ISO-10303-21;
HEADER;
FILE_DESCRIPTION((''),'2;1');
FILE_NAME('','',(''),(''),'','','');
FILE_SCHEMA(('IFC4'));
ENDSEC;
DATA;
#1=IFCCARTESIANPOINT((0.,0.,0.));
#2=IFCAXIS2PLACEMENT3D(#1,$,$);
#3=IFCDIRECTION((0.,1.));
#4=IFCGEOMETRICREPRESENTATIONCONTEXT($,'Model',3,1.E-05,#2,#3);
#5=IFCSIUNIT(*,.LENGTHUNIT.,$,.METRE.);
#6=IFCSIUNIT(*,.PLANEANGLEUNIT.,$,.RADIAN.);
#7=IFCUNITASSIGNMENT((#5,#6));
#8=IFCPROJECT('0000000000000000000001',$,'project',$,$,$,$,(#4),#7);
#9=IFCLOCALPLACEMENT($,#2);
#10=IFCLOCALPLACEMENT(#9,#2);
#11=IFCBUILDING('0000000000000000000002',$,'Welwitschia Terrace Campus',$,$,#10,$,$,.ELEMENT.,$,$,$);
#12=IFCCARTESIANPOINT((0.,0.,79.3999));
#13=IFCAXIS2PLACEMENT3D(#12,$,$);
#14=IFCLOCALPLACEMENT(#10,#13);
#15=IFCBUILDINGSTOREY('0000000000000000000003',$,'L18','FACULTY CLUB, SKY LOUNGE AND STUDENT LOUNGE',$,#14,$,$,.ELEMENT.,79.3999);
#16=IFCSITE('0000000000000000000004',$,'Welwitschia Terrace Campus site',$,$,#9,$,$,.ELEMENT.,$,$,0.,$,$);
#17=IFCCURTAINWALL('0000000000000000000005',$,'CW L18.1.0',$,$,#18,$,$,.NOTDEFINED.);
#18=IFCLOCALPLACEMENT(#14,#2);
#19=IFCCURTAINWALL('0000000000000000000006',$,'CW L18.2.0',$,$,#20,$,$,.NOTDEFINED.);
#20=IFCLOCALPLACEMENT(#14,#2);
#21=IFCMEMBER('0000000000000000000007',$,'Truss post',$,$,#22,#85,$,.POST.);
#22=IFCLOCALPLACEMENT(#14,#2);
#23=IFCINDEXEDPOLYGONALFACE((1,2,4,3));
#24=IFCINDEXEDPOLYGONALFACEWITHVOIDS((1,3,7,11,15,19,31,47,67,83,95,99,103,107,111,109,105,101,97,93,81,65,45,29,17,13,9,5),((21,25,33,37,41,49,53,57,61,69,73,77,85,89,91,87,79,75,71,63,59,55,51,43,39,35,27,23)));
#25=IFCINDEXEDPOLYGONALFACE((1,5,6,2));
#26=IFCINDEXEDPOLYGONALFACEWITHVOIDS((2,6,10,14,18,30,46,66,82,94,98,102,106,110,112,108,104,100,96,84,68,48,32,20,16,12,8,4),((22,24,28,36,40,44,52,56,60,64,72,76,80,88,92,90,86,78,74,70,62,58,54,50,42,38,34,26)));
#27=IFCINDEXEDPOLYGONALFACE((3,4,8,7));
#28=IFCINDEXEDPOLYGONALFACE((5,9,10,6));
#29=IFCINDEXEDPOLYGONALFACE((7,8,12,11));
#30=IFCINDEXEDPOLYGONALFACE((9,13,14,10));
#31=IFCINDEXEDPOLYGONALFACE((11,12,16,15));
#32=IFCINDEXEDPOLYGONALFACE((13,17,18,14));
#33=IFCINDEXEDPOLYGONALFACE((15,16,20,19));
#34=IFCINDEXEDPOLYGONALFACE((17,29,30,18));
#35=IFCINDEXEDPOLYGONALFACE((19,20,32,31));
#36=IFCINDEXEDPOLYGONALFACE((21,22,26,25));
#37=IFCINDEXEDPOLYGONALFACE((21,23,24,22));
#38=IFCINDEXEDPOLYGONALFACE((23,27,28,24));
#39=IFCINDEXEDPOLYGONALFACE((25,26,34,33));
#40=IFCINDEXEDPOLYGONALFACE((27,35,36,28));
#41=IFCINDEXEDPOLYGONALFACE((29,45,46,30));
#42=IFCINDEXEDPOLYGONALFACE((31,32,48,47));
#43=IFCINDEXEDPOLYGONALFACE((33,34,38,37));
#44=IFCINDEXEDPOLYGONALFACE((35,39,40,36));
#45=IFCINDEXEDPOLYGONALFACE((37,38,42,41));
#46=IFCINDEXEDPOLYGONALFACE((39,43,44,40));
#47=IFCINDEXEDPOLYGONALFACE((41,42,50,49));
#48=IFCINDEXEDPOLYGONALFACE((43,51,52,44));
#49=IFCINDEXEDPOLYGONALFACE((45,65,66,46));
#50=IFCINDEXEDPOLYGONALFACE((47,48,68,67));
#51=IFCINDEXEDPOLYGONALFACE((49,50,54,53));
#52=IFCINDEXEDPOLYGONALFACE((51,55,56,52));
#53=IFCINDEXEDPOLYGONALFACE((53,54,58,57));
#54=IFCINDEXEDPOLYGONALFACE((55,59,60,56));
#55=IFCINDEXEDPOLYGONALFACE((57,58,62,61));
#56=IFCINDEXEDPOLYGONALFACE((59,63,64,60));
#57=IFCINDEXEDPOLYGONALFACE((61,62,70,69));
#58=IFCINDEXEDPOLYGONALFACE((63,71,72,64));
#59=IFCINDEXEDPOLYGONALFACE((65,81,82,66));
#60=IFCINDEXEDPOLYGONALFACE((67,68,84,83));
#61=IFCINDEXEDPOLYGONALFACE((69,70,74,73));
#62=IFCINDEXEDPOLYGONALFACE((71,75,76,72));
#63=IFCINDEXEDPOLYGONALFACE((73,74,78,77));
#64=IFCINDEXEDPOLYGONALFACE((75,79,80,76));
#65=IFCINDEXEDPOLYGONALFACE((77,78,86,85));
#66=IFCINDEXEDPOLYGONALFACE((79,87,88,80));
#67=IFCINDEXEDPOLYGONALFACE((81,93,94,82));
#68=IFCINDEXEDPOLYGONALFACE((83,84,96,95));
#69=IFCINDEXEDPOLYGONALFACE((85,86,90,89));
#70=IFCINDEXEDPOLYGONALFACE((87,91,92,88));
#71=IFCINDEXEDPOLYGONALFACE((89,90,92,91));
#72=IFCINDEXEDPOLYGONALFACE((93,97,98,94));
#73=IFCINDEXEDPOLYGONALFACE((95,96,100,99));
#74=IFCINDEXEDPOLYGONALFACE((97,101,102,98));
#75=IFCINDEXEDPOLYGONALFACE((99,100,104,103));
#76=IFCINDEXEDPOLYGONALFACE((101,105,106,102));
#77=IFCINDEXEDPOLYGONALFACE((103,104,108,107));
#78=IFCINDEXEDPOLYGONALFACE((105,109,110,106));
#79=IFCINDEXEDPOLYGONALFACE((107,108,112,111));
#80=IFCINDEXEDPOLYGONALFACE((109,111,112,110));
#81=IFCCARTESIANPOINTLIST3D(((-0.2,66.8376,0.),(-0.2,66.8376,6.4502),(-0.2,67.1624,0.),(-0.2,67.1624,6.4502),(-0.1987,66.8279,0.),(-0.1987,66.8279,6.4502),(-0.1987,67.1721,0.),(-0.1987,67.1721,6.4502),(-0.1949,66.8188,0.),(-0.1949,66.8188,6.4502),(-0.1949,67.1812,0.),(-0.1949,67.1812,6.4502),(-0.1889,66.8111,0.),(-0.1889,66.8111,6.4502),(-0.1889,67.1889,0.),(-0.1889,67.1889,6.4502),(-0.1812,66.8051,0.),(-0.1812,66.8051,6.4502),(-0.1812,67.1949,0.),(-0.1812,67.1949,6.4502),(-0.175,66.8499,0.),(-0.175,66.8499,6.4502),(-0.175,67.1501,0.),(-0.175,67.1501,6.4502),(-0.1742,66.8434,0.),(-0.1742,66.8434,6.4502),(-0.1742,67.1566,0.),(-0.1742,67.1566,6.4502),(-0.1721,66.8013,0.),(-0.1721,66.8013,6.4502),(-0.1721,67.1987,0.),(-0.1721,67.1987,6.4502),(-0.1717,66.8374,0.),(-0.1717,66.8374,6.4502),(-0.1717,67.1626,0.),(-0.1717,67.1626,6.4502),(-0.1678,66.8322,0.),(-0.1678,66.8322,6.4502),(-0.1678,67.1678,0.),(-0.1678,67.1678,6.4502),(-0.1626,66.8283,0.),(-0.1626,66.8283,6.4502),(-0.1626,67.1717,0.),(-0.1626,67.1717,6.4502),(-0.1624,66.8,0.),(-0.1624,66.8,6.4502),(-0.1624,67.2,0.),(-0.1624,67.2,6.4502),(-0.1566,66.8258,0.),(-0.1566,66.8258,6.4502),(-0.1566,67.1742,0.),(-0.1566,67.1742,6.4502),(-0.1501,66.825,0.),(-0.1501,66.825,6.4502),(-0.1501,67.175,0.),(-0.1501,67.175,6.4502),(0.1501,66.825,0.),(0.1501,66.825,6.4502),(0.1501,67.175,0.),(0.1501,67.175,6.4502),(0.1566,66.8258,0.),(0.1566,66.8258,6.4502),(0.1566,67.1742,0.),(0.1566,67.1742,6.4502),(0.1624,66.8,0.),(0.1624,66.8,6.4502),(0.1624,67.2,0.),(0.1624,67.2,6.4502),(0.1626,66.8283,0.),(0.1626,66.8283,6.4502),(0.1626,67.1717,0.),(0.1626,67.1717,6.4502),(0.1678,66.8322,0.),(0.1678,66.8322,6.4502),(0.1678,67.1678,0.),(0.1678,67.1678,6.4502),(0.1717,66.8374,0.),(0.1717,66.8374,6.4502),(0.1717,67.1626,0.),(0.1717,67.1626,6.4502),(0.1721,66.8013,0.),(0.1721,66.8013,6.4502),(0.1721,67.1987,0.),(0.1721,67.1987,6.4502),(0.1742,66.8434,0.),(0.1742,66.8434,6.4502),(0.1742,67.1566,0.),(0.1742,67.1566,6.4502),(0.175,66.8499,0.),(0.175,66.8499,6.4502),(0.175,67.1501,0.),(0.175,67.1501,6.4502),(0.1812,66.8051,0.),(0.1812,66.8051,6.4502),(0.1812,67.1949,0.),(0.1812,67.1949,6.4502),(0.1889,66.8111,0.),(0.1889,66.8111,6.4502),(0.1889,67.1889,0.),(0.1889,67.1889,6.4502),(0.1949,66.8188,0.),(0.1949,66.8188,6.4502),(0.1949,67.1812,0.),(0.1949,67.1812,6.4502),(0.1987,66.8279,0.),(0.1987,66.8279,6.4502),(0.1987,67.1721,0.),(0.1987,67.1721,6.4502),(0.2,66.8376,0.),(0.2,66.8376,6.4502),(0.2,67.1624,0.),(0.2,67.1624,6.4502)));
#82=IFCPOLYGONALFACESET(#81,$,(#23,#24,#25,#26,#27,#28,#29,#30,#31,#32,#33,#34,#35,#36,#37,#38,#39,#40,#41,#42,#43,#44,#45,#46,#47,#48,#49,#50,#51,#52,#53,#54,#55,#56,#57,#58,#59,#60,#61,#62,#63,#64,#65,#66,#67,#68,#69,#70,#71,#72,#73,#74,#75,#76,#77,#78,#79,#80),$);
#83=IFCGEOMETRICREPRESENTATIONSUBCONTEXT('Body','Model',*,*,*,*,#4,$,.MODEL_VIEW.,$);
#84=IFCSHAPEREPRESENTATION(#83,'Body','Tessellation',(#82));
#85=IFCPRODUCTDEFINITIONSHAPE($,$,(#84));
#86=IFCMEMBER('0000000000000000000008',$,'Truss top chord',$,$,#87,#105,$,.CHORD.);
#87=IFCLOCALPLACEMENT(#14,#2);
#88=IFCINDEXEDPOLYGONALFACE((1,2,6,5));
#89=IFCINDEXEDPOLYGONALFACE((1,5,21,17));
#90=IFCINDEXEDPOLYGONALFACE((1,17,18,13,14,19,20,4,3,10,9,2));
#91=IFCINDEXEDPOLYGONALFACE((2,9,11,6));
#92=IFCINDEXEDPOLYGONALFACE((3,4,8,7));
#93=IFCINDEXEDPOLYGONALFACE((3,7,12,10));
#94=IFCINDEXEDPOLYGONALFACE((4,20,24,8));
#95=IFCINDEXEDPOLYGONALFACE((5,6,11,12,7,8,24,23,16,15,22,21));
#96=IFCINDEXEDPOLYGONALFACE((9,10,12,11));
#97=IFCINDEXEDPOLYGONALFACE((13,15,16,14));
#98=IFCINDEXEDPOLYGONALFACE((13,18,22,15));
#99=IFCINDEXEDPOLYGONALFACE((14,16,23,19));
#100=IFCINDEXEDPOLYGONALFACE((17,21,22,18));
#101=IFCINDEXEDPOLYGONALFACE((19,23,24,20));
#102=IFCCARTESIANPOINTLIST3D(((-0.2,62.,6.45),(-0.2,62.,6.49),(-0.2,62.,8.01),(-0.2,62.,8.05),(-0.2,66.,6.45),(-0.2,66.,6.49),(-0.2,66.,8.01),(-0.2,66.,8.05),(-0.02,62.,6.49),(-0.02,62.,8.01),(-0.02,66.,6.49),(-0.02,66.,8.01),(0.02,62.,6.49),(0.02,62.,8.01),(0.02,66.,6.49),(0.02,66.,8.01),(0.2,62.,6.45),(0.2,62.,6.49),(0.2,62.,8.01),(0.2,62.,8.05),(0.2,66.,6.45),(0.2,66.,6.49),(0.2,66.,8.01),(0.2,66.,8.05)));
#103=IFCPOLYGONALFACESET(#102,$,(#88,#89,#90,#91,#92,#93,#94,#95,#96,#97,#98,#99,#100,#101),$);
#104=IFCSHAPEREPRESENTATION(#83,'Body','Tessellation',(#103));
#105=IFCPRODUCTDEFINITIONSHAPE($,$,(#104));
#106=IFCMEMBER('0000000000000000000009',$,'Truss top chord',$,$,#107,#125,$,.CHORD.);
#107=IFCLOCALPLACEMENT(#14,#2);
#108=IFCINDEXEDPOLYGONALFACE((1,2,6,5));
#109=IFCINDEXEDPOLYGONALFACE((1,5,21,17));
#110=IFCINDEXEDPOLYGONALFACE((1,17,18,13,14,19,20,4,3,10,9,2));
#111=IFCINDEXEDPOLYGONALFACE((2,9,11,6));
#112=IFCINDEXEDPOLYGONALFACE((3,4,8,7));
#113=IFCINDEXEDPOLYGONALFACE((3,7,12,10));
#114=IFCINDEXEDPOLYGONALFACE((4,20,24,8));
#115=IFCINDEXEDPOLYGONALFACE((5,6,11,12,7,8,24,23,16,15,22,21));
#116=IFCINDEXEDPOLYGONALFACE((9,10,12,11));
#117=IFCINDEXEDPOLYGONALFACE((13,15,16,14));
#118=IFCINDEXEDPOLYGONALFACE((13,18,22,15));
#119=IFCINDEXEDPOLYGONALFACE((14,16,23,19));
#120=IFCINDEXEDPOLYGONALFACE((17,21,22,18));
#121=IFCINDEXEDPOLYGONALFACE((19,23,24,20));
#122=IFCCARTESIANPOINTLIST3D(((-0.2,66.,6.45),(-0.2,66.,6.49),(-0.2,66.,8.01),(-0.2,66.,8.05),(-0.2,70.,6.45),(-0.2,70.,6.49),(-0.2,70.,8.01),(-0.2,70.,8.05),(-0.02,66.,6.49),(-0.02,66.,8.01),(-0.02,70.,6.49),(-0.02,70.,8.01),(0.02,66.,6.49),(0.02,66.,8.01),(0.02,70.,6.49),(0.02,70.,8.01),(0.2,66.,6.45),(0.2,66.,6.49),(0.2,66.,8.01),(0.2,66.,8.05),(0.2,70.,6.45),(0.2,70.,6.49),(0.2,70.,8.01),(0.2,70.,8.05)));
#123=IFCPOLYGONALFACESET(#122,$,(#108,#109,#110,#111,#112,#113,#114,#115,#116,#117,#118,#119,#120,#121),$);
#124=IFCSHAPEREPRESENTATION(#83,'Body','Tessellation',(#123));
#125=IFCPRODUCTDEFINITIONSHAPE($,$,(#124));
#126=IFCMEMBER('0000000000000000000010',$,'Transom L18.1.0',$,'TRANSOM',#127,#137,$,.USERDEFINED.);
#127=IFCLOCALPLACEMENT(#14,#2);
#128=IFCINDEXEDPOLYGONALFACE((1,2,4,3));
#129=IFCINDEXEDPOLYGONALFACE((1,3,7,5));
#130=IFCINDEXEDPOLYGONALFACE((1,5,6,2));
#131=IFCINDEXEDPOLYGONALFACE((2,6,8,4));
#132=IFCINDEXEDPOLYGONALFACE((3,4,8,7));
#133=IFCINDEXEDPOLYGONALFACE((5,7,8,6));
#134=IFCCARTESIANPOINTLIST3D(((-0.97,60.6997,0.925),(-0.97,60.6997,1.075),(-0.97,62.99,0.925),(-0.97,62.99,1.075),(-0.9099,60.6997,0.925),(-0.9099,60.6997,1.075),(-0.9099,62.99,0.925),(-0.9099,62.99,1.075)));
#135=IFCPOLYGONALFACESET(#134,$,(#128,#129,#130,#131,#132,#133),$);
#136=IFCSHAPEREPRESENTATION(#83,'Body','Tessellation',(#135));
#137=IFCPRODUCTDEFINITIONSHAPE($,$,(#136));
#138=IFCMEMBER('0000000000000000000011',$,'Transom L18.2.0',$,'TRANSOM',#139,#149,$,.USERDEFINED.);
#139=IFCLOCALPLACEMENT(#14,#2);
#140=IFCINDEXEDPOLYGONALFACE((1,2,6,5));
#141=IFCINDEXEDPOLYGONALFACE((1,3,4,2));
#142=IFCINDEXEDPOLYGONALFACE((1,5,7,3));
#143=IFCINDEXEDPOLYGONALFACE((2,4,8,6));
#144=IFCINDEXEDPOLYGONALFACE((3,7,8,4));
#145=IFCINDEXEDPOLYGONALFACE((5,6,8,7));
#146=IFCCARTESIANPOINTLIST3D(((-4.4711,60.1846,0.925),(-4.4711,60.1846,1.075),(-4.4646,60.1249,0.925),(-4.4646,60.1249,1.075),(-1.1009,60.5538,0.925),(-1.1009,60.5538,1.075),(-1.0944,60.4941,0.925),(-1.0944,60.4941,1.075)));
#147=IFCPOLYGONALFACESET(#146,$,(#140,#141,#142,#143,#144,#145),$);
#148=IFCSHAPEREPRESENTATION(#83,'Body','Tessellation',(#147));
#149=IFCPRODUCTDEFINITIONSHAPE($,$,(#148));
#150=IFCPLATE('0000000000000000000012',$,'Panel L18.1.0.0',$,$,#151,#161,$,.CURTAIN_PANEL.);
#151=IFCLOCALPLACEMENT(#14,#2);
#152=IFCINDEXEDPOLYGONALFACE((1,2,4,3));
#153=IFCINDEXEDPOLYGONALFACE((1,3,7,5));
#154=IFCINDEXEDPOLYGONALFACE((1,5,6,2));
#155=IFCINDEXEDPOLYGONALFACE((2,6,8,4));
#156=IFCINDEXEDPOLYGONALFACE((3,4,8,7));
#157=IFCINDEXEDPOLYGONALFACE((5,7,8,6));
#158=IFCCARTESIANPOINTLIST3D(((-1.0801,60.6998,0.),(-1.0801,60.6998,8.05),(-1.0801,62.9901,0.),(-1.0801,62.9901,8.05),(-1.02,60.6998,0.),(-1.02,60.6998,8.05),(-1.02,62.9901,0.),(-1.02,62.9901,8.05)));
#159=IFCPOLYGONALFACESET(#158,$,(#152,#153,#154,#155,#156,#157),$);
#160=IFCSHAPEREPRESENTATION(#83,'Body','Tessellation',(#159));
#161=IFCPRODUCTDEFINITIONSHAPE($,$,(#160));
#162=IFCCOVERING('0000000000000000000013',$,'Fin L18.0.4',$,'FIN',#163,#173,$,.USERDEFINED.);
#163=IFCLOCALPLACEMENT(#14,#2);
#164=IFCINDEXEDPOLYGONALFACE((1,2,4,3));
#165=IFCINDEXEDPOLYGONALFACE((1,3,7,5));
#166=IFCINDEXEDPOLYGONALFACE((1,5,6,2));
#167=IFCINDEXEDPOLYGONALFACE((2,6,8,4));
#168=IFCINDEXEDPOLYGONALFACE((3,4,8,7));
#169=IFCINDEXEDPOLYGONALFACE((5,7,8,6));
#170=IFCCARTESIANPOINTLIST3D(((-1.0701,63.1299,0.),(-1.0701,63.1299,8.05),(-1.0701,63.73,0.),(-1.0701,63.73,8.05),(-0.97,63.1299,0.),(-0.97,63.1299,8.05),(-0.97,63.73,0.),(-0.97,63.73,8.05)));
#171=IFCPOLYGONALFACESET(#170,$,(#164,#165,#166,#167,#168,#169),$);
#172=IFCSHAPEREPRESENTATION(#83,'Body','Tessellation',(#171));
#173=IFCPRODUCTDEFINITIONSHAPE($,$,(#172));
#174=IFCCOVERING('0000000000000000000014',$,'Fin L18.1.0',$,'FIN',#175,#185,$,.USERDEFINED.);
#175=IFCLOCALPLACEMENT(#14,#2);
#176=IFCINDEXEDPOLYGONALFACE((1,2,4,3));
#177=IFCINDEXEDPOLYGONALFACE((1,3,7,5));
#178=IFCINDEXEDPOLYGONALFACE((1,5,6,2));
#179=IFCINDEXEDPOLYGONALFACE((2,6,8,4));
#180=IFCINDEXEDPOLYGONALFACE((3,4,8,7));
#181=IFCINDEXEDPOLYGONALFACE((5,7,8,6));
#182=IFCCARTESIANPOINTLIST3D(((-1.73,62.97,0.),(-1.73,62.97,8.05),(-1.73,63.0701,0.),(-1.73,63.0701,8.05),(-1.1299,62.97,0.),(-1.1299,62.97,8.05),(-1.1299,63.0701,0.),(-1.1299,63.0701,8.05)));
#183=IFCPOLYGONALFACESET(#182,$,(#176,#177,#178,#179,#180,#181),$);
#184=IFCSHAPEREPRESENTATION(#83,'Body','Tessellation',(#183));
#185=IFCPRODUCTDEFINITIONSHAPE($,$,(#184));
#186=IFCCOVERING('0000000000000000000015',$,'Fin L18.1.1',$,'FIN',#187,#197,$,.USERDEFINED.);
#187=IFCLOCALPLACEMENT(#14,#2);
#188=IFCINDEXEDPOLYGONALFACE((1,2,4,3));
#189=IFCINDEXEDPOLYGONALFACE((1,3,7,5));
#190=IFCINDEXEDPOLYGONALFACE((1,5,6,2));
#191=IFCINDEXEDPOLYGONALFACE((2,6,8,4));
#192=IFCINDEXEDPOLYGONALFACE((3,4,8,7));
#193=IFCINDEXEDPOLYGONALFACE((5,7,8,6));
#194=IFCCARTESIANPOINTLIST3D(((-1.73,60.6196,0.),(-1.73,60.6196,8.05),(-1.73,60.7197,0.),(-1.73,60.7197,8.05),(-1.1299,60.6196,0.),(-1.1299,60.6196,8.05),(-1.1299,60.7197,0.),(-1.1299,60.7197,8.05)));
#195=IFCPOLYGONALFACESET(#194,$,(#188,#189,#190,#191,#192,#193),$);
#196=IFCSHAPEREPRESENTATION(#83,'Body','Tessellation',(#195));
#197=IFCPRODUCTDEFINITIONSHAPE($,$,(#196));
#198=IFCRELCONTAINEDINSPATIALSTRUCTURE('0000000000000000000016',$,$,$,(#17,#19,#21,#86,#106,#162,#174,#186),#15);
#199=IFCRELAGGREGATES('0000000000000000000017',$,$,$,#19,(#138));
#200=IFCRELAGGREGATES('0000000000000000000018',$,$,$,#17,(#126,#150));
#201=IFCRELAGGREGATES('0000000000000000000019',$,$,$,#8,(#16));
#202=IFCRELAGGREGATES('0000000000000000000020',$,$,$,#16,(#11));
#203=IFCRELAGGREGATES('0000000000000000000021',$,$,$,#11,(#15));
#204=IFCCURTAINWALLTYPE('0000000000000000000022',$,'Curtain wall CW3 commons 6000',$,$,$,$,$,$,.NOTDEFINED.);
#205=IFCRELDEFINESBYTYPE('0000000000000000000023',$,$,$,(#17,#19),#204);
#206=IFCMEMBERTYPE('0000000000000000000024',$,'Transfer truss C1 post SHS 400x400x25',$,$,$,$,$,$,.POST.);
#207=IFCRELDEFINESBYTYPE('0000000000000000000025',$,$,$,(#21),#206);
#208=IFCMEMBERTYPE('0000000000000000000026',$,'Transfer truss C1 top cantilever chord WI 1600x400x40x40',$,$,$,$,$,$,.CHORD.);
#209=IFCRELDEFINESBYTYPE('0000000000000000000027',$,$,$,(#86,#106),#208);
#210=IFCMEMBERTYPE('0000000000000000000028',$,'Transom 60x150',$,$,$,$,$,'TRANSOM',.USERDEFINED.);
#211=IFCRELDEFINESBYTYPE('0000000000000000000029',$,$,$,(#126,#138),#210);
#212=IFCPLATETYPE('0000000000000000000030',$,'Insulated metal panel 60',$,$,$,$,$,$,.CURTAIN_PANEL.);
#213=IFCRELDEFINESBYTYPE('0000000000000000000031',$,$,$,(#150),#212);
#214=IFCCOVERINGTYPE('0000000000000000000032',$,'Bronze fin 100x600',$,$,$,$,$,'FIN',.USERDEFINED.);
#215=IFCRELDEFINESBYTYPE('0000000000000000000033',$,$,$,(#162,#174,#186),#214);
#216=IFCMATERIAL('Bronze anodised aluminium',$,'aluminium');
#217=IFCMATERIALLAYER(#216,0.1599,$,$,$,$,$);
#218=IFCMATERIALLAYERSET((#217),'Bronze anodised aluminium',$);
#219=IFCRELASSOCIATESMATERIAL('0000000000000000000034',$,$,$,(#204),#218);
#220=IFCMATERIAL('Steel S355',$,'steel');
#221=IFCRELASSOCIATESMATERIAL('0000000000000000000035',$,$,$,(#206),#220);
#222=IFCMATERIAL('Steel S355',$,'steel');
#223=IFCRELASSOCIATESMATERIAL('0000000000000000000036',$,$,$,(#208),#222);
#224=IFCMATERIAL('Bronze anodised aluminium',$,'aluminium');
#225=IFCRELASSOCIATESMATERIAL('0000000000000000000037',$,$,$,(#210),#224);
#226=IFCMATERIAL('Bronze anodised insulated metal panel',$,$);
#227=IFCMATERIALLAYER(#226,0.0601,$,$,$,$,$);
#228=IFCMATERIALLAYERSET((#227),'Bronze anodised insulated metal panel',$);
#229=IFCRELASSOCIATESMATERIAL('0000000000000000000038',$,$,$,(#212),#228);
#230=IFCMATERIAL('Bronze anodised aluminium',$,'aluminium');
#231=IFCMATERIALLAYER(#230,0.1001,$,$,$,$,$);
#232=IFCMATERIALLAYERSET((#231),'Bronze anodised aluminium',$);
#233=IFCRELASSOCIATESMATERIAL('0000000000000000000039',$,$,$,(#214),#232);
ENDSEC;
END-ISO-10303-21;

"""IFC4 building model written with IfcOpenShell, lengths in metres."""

from ifc_helpers import new_model, si_unit, direction, frame, origin, origin_2d, place, context, subcontext, project, spatial, rectangle, hollow_rectangle, i_section, extrude, material, layer, layer_set, material_profile, profile_set, type_object, element, aggregate, save


model = new_model("IFC4")

# Units and contexts
model_context = context("Model", 3, precision=1e-05, world=origin(), true_north=direction((0.0, 1.0)))
body_context = subcontext(model_context, "Body", "Model", "MODEL_VIEW")
ifc_project = project(units=[si_unit("LENGTHUNIT", "METRE"), si_unit("PLANEANGLEUNIT", "RADIAN")], contexts=[model_context])

# Site, building, storey
site_placement = place(None, origin())
site = spatial("IfcSite", under=ifc_project, at=site_placement, Name="Welwitschia Terrace Campus site", CompositionType="ELEMENT", RefElevation=0.0)
building_placement = place(site_placement, origin())
building = spatial("IfcBuilding", under=site, at=building_placement, Name="Welwitschia Terrace Campus", CompositionType="ELEMENT")
storey_placement = place(building_placement, frame((0.0, 0.0, 79.3999)))
storey = spatial("IfcBuildingStorey", under=building, at=storey_placement, Name="L18", Description="FACULTY CLUB, SKY LOUNGE AND STUDENT LOUNGE", CompositionType="ELEMENT", Elevation=79.3999)

# Shared definitions
ifc_material_1 = material(Name="Bronze anodised aluminium", Category="aluminium")
ifc_layer_1 = layer(ifc_material_1, 0.1599)
ifc_layer_set_1 = layer_set([ifc_layer_1], Name="Bronze anodised aluminium")
curtain_wall_type = type_object("IfcCurtainWallType", Name="Curtain wall CW3 commons 6000", PredefinedType="NOTDEFINED", material=ifc_layer_set_1)

# Curtain wall
curtain_wall_1_placement = place(storey_placement, origin())
curtain_wall_1 = element("IfcCurtainWall", 1, at=curtain_wall_1_placement, inside=storey, type_object=curtain_wall_type, Name="CW L18.1.0", PredefinedType="NOTDEFINED")

# Curtain wall
curtain_wall_2_placement = place(storey_placement, origin())
curtain_wall_2 = element("IfcCurtainWall", 2, at=curtain_wall_2_placement, inside=storey, type_object=curtain_wall_type, Name="CW L18.2.0", PredefinedType="NOTDEFINED")

# Members
ifc_material_2 = material(Name="Steel S355", Category="steel")
ifc_material_profile_1 = material_profile(ifc_material_2, hollow_rectangle(XDim=0.3999, YDim=0.3999, WallThickness=0.0249, InnerFilletRadius=0.0249, OuterFilletRadius=0.0376, at=origin_2d()))
ifc_profile_set_1 = profile_set([ifc_material_profile_1], Name="Steel S355")
member_type_1 = type_object("IfcMemberType", Name="Transfer truss C1 post SHS 400x400x25", PredefinedType="POST", material=ifc_profile_set_1)
for number, where, z_axis, x_axis, name in (
    (3, (0.0, 67.0, 0.0), (0.0, 0.0, 1.0), (1.0, 0.0, 0.0), "Truss post"),
):
    element("IfcMember", number, at=place(storey_placement, frame(where, z_axis=z_axis, x_axis=x_axis)), inside=storey, type_object=member_type_1, Name=name, PredefinedType="POST", context=body_context, shape_type="SweptSolid", body=[
        extrude(hollow_rectangle(XDim=0.3999, YDim=0.3999, WallThickness=0.0249, InnerFilletRadius=0.0249, OuterFilletRadius=0.0376, at=origin_2d()), origin(), (0.0, 0.0, 1.0), 6.4502),
    ])
ifc_material_3 = material(Name="Steel S355", Category="steel")
ifc_material_profile_2 = material_profile(ifc_material_3, i_section(OverallWidth=0.3999, OverallDepth=1.6001, WebThickness=0.04, FlangeThickness=0.04, at=origin_2d()))
ifc_profile_set_2 = profile_set([ifc_material_profile_2], Name="Steel S355")
member_type_2 = type_object("IfcMemberType", Name="Transfer truss C1 top cantilever chord WI 1600x400x40x40", PredefinedType="CHORD", material=ifc_profile_set_2)
for number, where, z_axis, x_axis, name in (
    (4, (0.0, 62.0, 7.25), (0.0, 1.0, 0.0), (-1.0, 0.0, 0.0), "Truss top chord"),
    (5, (0.0, 66.0, 7.25), (0.0, 1.0, 0.0), (-1.0, 0.0, 0.0), "Truss top chord"),
):
    element("IfcMember", number, at=place(storey_placement, frame(where, z_axis=z_axis, x_axis=x_axis)), inside=storey, type_object=member_type_2, Name=name, PredefinedType="CHORD", context=body_context, shape_type="SweptSolid", body=[
        extrude(i_section(OverallWidth=0.3999, OverallDepth=1.6001, WebThickness=0.04, FlangeThickness=0.04, at=origin_2d()), origin(), (0.0, 0.0, 1.0), 4.0),
    ])

# Members
ifc_material_4 = material(Name="Bronze anodised aluminium", Category="aluminium")
ifc_material_profile_3 = material_profile(ifc_material_4, rectangle(XDim=0.0601, YDim=0.1499, at=origin_2d()))
ifc_profile_set_3 = profile_set([ifc_material_profile_3], Name="Bronze anodised aluminium")
member_type_3 = type_object("IfcMemberType", Name="Transom 60x150", ElementType="TRANSOM", PredefinedType="USERDEFINED", material=ifc_profile_set_3)
member_1_placement = place(storey_placement, frame((-0.9399, 62.99, 1.0), z_axis=(0.0, -1.0, 0.0), x_axis=(1.0, 0.0, 0.0)))
member_1 = element("IfcMember", 6, at=member_1_placement, type_object=member_type_3, Name="Transom L18.1.0", ObjectType="TRANSOM", PredefinedType="USERDEFINED", context=body_context, shape_type="SweptSolid", body=[
    extrude(rectangle(XDim=0.0601, YDim=0.1499, at=origin_2d()), origin(), (0.0, 0.0, 1.0), 2.2903),
])
member_2_placement = place(storey_placement, frame((-1.0977, 60.5239, 1.0), z_axis=(-0.994055, -0.108882, 0.0), x_axis=(0.108882, -0.994055, 0.0)))
member_2 = element("IfcMember", 7, at=member_2_placement, type_object=member_type_3, Name="Transom L18.2.0", ObjectType="TRANSOM", PredefinedType="USERDEFINED", context=body_context, shape_type="SweptSolid", body=[
    extrude(rectangle(XDim=0.0601, YDim=0.1499, at=origin_2d()), origin(), (0.0, 0.0, 1.0), 3.3904),
])
aggregate(curtain_wall_2, [member_2])

# Plate
ifc_material_5 = material(Name="Bronze anodised insulated metal panel")
ifc_layer_2 = layer(ifc_material_5, 0.0601)
ifc_layer_set_2 = layer_set([ifc_layer_2], Name="Bronze anodised insulated metal panel")
plate_type = type_object("IfcPlateType", Name="Insulated metal panel 60", PredefinedType="CURTAIN_PANEL", material=ifc_layer_set_2)
plate_placement = place(storey_placement, frame((-1.05, 61.845, 0.0), z_axis=(0.0, 0.0, 1.0), x_axis=(0.0, -1.0, 0.0)))
plate = element("IfcPlate", 8, at=plate_placement, type_object=plate_type, Name="Panel L18.1.0.0", PredefinedType="CURTAIN_PANEL", context=body_context, shape_type="SweptSolid", body=[
    extrude(rectangle(XDim=2.2903, YDim=0.0601, at=origin_2d()), origin(), (0.0, 0.0, 1.0), 8.05),
])
aggregate(curtain_wall_1, [member_1, plate])

# Coverings
ifc_material_6 = material(Name="Bronze anodised aluminium", Category="aluminium")
ifc_layer_3 = layer(ifc_material_6, 0.1001)
ifc_layer_set_3 = layer_set([ifc_layer_3], Name="Bronze anodised aluminium")
covering_type = type_object("IfcCoveringType", Name="Bronze fin 100x600", ElementType="FIN", PredefinedType="USERDEFINED", material=ifc_layer_set_3)
for number, where, z_axis, x_axis, name in (
    (9, (-1.02, 63.4299, 0.0), (0.0, 0.0, 1.0), (-1.0, 0.0, 0.0), "Fin L18.0.4"),
    (10, (-1.4299, 63.02, 0.0), (0.0, 0.0, 1.0), (0.0, -1.0, 0.0), "Fin L18.1.0"),
    (11, (-1.4299, 60.6697, 0.0), (0.0, 0.0, 1.0), (0.0, -1.0, 0.0), "Fin L18.1.1"),
):
    element("IfcCovering", number, at=place(storey_placement, frame(where, z_axis=z_axis, x_axis=x_axis)), inside=storey, type_object=covering_type, Name=name, ObjectType="FIN", PredefinedType="USERDEFINED", context=body_context, shape_type="SweptSolid", body=[
        extrude(rectangle(XDim=0.1001, YDim=0.6001, at=origin_2d()), origin(), (0.0, 0.0, 1.0), 8.05),
    ])

save(model, "model.ifc")
